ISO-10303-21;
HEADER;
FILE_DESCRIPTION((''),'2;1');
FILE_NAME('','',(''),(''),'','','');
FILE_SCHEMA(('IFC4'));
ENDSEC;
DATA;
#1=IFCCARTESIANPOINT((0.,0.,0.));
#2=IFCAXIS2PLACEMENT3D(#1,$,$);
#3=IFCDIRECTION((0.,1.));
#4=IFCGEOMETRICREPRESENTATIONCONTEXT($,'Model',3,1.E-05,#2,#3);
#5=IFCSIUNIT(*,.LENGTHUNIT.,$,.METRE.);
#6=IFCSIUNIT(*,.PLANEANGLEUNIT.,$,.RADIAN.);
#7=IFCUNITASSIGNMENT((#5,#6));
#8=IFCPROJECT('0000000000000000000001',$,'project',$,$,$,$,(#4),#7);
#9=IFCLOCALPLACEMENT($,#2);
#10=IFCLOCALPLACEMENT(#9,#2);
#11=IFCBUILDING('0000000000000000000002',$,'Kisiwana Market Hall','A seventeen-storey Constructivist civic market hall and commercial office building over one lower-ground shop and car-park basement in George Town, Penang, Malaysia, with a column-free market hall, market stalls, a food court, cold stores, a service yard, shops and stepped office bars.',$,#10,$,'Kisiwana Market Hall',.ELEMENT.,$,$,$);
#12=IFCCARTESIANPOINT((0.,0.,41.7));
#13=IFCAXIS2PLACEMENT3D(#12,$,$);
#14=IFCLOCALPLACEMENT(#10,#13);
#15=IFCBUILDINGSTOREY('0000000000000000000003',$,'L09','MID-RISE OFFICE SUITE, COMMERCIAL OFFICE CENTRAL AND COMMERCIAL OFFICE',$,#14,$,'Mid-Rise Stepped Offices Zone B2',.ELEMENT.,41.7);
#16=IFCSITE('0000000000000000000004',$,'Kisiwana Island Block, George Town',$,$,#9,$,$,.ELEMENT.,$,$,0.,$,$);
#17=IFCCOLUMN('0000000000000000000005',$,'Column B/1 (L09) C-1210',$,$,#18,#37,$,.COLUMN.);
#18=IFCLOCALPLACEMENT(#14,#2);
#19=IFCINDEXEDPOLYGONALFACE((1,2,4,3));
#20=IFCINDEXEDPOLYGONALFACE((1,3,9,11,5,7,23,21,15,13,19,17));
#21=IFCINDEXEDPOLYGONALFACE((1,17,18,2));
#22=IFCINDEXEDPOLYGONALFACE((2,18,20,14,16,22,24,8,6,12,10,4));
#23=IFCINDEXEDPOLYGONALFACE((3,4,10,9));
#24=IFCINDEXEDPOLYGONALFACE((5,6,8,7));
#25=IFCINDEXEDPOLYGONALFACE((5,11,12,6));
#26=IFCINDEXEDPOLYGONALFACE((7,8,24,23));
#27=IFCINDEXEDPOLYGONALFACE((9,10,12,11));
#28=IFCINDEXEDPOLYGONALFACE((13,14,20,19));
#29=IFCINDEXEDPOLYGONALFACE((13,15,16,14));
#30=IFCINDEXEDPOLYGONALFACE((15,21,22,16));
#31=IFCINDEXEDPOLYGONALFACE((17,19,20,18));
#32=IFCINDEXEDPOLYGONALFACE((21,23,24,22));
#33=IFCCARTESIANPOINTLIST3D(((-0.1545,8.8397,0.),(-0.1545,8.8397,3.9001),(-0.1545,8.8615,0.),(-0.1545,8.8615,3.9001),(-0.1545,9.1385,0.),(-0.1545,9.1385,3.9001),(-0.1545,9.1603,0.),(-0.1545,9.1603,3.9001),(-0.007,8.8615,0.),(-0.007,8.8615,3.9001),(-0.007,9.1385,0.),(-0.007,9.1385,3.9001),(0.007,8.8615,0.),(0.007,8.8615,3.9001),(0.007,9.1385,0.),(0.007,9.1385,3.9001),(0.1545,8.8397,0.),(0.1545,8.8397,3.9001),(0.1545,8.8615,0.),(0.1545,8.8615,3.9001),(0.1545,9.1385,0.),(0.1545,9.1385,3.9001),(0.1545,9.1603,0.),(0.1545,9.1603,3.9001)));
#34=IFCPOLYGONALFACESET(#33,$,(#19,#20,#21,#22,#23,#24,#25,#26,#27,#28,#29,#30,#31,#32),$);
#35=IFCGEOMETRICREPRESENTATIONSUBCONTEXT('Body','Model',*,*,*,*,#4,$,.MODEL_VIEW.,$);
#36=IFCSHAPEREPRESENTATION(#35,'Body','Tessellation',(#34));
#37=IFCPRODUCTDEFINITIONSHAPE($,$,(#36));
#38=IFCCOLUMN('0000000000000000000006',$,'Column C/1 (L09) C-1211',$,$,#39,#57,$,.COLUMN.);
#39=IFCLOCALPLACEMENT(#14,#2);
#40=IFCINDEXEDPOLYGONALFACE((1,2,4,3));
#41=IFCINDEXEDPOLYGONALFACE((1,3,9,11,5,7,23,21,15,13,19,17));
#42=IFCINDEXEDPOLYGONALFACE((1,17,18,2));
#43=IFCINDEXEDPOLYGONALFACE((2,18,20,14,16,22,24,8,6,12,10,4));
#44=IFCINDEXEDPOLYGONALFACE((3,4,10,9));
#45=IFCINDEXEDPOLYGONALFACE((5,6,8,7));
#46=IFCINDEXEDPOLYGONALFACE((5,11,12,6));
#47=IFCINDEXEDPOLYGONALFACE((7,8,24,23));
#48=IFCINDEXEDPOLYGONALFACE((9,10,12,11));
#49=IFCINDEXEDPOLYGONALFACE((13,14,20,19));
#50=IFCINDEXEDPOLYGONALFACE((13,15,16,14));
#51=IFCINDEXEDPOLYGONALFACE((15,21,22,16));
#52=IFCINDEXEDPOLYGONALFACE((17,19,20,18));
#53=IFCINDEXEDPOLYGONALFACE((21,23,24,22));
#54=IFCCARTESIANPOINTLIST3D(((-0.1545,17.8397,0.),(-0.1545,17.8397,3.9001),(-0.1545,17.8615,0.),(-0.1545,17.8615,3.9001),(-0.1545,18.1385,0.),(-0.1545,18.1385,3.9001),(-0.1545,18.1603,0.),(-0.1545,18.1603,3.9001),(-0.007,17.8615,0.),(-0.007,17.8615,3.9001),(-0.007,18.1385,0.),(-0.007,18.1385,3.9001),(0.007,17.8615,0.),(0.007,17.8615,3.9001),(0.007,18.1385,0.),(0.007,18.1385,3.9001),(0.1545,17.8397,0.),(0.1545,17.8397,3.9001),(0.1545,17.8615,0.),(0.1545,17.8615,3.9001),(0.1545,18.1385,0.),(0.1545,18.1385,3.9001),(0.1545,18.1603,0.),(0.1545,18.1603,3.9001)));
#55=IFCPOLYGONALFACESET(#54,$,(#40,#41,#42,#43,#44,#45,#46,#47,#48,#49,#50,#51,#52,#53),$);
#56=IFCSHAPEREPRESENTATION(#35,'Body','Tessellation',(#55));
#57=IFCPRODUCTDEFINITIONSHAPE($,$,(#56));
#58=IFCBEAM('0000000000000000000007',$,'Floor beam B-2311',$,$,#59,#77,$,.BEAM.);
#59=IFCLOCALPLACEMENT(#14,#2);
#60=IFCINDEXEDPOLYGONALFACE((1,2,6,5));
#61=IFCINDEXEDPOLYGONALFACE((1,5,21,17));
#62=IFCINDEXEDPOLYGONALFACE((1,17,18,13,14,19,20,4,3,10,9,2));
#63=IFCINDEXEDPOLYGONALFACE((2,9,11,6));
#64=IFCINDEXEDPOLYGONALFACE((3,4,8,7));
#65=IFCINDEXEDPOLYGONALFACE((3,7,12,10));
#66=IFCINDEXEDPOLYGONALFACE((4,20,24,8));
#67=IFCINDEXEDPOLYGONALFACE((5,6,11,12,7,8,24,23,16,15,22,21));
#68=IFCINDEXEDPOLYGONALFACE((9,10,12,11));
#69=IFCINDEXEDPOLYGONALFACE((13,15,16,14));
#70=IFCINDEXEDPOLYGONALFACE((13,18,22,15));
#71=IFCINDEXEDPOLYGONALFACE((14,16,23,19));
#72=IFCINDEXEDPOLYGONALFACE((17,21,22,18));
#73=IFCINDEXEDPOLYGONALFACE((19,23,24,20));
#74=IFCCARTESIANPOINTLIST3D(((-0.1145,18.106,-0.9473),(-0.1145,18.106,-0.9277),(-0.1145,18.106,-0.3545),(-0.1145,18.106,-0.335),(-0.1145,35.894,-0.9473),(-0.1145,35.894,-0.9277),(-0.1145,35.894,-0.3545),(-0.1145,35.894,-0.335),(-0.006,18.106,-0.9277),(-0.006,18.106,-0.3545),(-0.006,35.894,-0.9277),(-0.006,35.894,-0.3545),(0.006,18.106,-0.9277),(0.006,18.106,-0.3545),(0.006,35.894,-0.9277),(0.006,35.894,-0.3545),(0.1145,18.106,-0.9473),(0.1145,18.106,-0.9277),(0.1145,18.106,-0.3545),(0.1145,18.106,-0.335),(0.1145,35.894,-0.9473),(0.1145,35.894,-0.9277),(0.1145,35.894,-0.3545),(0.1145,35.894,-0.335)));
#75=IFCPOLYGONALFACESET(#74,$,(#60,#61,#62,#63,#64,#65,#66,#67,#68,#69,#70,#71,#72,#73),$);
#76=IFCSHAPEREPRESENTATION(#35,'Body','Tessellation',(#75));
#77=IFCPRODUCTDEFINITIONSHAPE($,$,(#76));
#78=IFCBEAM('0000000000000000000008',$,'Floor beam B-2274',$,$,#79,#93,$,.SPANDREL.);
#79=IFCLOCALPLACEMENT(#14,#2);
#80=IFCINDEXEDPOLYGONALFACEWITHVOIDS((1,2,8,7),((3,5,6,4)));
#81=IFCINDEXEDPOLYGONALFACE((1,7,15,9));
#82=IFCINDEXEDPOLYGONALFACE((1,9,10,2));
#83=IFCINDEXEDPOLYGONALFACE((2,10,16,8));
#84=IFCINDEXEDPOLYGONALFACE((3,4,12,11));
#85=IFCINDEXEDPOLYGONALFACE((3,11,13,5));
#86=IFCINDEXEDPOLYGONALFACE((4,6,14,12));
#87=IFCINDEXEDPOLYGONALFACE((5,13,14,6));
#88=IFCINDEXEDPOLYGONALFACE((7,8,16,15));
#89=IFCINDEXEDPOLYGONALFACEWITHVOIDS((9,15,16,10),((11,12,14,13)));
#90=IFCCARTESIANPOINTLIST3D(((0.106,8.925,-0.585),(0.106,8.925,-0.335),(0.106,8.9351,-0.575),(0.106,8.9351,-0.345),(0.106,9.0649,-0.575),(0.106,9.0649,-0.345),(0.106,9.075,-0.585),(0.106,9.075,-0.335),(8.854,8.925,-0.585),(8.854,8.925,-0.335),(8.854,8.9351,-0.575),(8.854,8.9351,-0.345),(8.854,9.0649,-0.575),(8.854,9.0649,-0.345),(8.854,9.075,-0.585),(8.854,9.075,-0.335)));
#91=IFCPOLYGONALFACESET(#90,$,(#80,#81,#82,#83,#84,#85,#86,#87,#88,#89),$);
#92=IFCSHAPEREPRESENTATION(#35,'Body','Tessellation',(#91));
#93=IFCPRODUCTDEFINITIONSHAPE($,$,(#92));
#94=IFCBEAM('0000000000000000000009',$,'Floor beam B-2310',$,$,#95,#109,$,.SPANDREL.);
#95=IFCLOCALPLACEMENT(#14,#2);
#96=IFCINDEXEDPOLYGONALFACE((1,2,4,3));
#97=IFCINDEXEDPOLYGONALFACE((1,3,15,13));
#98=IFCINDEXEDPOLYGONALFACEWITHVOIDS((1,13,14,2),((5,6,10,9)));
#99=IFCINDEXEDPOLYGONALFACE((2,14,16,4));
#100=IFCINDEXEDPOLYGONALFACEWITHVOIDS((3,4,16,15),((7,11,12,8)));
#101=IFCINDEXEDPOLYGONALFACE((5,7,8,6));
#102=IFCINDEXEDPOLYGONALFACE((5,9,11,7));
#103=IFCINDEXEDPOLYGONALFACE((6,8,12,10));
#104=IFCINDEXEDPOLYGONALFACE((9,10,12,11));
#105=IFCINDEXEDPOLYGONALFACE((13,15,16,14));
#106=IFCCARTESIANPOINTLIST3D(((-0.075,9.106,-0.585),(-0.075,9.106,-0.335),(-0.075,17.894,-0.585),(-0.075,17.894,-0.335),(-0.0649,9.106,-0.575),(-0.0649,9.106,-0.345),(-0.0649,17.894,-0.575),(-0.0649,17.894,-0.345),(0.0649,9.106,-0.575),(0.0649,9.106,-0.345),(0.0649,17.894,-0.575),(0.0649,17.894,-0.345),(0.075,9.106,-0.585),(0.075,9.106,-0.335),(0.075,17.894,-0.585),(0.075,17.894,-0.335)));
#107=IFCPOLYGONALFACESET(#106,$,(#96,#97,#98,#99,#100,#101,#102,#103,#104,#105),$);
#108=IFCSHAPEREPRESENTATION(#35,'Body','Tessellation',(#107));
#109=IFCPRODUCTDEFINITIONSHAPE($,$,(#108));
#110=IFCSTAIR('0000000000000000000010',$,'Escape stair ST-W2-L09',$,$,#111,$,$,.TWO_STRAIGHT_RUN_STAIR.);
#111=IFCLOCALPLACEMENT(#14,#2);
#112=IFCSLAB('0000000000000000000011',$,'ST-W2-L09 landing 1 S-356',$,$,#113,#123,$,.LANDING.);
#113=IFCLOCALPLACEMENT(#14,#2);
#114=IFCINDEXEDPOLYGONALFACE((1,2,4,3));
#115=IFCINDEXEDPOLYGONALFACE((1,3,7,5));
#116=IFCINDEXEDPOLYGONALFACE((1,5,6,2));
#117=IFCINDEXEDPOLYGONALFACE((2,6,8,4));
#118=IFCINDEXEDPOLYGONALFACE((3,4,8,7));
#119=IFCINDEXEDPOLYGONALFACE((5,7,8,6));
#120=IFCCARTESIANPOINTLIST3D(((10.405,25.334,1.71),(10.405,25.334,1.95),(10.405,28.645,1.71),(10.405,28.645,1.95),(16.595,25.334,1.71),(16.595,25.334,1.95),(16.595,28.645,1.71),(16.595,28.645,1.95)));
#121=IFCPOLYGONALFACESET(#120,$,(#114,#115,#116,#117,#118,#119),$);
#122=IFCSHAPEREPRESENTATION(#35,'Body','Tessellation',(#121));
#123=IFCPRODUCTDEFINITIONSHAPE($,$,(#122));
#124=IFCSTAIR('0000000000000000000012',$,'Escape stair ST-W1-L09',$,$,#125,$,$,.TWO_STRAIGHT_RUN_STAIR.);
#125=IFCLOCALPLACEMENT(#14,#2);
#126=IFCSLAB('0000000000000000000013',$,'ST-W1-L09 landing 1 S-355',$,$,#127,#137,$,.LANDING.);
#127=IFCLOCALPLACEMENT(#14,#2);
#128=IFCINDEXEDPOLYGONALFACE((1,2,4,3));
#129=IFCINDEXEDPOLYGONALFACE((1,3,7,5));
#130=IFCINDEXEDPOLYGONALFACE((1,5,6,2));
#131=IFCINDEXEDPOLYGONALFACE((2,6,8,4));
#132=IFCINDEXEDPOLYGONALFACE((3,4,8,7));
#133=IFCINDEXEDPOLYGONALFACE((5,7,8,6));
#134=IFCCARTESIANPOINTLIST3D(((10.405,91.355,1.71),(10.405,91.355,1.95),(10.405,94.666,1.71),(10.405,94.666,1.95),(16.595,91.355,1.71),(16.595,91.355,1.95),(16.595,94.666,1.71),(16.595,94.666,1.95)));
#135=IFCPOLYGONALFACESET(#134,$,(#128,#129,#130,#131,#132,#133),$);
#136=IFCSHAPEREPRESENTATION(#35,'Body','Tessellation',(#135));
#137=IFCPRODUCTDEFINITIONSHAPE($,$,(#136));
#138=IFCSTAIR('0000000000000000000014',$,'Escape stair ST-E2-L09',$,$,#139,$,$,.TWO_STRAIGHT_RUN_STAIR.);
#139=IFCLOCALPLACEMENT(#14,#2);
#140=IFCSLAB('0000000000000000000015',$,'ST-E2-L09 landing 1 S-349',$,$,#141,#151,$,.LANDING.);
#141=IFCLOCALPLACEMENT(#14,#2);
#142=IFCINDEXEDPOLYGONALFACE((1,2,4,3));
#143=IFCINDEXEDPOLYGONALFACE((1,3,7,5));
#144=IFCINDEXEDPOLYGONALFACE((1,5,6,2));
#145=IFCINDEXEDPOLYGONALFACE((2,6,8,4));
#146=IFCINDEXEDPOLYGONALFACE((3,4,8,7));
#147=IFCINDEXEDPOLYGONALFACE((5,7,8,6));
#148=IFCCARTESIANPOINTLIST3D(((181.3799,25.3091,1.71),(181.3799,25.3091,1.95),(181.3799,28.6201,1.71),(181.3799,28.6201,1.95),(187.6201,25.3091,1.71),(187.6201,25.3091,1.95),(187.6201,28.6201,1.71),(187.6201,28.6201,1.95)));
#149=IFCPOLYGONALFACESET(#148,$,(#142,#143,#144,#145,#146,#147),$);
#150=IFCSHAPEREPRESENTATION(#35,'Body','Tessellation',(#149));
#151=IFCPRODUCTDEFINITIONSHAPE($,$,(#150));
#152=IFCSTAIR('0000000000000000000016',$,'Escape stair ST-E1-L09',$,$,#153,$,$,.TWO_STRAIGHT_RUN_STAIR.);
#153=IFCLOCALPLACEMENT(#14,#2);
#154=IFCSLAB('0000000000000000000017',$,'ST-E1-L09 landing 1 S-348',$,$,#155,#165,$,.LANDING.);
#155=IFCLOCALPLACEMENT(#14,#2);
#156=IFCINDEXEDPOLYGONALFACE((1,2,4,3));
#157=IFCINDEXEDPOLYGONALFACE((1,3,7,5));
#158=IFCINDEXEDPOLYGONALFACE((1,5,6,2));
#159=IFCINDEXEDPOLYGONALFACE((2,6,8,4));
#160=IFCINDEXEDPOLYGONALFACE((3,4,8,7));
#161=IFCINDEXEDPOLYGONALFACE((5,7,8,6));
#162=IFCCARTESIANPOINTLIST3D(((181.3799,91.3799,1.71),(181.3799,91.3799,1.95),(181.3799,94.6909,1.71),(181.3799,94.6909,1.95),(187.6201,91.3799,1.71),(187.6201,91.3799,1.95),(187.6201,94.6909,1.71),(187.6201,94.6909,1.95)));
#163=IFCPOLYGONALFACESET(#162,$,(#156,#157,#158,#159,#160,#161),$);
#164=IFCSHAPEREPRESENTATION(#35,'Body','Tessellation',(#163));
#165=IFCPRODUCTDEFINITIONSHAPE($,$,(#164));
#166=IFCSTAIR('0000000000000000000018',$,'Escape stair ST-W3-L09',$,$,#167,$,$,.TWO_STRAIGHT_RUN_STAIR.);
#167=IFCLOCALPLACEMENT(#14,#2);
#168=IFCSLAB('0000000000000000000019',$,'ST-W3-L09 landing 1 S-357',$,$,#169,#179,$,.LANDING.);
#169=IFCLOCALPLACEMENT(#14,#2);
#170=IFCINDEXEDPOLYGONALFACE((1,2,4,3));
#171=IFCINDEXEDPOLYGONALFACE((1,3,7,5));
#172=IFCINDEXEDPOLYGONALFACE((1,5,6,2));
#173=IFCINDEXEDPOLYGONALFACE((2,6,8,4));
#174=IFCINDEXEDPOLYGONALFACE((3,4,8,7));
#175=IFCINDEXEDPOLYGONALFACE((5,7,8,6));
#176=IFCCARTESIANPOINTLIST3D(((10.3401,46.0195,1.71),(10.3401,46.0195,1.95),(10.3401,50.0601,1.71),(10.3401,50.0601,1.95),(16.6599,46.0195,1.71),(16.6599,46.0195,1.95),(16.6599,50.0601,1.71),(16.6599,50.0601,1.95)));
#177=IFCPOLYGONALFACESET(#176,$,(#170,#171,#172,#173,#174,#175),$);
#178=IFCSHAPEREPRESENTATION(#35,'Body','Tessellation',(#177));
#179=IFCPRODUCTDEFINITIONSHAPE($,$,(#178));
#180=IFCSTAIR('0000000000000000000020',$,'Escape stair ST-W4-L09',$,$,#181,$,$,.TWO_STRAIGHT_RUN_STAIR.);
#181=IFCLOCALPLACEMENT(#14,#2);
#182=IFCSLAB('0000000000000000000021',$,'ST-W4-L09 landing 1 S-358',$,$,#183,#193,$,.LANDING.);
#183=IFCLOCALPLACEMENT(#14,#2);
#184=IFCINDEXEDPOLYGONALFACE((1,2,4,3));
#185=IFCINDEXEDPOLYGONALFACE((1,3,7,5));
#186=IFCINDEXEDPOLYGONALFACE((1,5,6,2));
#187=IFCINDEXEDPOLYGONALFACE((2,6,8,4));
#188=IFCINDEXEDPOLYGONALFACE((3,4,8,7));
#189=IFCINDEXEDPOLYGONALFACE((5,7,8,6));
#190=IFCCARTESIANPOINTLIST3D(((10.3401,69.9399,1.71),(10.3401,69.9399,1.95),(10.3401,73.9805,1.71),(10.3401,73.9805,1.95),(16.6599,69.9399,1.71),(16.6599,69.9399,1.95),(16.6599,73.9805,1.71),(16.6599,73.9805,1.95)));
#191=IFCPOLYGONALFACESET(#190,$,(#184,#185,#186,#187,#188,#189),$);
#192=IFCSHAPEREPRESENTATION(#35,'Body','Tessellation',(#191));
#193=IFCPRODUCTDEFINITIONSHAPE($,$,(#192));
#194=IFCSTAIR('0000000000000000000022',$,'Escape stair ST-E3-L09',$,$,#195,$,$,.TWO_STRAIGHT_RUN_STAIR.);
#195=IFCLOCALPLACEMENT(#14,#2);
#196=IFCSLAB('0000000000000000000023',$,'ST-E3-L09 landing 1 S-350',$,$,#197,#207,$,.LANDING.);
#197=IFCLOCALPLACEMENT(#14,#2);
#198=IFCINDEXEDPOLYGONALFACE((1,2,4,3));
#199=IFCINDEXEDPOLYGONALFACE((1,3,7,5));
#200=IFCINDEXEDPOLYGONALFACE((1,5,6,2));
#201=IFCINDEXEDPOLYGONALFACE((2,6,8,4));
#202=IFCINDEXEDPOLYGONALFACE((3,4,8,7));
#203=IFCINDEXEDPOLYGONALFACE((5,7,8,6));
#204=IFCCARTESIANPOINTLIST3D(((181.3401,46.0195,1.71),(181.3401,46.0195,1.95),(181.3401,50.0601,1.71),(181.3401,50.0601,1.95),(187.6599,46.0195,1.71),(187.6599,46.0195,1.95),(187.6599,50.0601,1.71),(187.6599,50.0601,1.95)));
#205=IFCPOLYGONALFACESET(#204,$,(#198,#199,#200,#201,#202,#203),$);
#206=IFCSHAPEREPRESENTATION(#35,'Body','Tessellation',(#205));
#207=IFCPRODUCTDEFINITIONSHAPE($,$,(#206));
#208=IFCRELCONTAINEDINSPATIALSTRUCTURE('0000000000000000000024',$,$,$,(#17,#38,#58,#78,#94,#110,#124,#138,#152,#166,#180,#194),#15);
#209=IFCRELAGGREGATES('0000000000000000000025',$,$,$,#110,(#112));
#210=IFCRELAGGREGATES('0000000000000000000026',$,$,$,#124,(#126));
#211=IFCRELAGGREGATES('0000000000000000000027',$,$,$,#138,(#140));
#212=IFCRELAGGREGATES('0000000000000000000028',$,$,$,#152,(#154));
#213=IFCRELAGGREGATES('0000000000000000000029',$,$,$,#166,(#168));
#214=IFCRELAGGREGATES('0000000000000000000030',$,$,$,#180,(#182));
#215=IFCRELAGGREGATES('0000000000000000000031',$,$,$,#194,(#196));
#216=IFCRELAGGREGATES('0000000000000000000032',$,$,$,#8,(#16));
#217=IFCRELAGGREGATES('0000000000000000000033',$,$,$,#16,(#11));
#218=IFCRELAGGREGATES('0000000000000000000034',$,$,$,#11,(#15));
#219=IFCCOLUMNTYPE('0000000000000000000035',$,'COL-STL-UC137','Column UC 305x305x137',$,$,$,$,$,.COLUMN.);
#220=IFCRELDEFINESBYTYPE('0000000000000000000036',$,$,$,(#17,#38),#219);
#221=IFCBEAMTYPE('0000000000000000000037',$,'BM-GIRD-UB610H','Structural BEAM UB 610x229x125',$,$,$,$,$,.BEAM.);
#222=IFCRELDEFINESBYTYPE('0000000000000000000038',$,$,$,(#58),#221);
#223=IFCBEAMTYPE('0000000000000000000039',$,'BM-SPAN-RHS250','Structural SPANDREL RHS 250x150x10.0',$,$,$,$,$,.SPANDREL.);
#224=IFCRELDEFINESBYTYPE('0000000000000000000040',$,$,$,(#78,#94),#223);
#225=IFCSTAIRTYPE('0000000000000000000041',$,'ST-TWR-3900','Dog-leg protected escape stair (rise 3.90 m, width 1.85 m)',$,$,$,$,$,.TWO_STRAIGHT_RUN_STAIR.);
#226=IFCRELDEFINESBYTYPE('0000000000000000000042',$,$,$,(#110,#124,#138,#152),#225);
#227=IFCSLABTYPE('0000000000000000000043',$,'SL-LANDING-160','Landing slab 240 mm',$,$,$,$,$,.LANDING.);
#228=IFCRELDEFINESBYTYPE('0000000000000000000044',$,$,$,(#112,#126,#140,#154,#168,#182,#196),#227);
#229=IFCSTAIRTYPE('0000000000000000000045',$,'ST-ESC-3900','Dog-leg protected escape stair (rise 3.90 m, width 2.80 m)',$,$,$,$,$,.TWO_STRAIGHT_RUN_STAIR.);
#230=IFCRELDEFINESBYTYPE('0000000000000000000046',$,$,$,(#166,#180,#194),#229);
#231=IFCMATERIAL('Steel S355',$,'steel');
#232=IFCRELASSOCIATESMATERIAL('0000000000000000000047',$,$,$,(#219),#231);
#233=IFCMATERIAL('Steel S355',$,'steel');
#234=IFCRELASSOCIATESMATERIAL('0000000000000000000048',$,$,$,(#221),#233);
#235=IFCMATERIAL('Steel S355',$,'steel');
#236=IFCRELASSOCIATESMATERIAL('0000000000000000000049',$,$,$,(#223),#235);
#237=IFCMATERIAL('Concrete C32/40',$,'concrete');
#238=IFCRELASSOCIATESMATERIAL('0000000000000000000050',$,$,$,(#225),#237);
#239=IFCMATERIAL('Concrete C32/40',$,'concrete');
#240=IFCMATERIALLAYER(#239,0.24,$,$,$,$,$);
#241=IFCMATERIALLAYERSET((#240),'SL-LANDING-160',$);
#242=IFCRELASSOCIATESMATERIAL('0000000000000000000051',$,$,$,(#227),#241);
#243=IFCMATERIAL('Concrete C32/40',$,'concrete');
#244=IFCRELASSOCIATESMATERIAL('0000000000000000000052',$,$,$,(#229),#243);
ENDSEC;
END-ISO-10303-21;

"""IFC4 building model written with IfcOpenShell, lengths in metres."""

from ifc_helpers import new_model, si_unit, direction, frame, origin, origin_2d, place, context, subcontext, project, spatial, polyline, hollow_rectangle, i_section, outline, extrude, material, layer, layer_set, material_profile, profile_set, type_object, element, aggregate, save


model = new_model("IFC4")

# Units and contexts
model_context = context("Model", 3, precision=1e-05, world=origin(), true_north=direction((0.0, 1.0)))
body_context = subcontext(model_context, "Body", "Model", "MODEL_VIEW")
ifc_project = project(units=[si_unit("LENGTHUNIT", "METRE"), si_unit("PLANEANGLEUNIT", "RADIAN")], contexts=[model_context])

# Site, building, storey
site_placement = place(None, origin())
site = spatial("IfcSite", under=ifc_project, at=site_placement, Name="Kisiwana Island Block, George Town", CompositionType="ELEMENT", RefElevation=0.0)
building_placement = place(site_placement, origin())
building = spatial("IfcBuilding", under=site, at=building_placement, Name="Kisiwana Market Hall", Description="A seventeen-storey Constructivist civic market hall and commercial office building over one lower-ground shop and car-park basement in George Town, Penang, Malaysia, with a column-free market hall, market stalls, a food court, cold stores, a service yard, shops and stepped office bars.", LongName="Kisiwana Market Hall", CompositionType="ELEMENT")
storey_placement = place(building_placement, frame((0.0, 0.0, 41.7)))
storey = spatial("IfcBuildingStorey", under=building, at=storey_placement, Name="L09", Description="MID-RISE OFFICE SUITE, COMMERCIAL OFFICE CENTRAL AND COMMERCIAL OFFICE", LongName="Mid-Rise Stepped Offices Zone B2", CompositionType="ELEMENT", Elevation=41.7)

# Columns
ifc_material_1 = material(Name="Steel S355", Category="steel")
ifc_material_profile_1 = material_profile(ifc_material_1, i_section(OverallWidth=0.3091, OverallDepth=0.3206, WebThickness=0.0139, FlangeThickness=0.0217, at=origin_2d()), Name="UC 305x305x137")
ifc_profile_set_1 = profile_set([ifc_material_profile_1], Name="Steel S355")
column_type = type_object("IfcColumnType", Name="COL-STL-UC137", Description="Column UC 305x305x137", PredefinedType="COLUMN", material=ifc_profile_set_1)
for number, where, z_axis, x_axis, name in (
    (1, (0.0, 9.0, 0.0), (0.0, 0.0, 1.0), (1.0, 0.0, 0.0), "Column B/1 (L09) C-1210"),
    (2, (0.0, 18.0, 0.0), (0.0, 0.0, 1.0), (1.0, 0.0, 0.0), "Column C/1 (L09) C-1211"),
):
    element("IfcColumn", number, at=place(storey_placement, frame(where, z_axis=z_axis, x_axis=x_axis)), inside=storey, type_object=column_type, Name=name, PredefinedType="COLUMN", context=body_context, shape_type="SweptSolid", body=[
        extrude(i_section(OverallWidth=0.3091, OverallDepth=0.3206, WebThickness=0.0139, FlangeThickness=0.0217, at=origin_2d()), origin(), (0.0, 0.0, 1.0), 3.9001),
    ])

# Beams
ifc_material_2 = material(Name="Steel S355", Category="steel")
ifc_material_profile_2 = material_profile(ifc_material_2, i_section(OverallWidth=0.229, OverallDepth=0.6123, WebThickness=0.012, FlangeThickness=0.0195, at=origin_2d()), Name="UB 610x229x125")
ifc_profile_set_2 = profile_set([ifc_material_profile_2], Name="Steel S355")
beam_type_1 = type_object("IfcBeamType", Name="BM-GIRD-UB610H", Description="Structural BEAM UB 610x229x125", PredefinedType="BEAM", material=ifc_profile_set_2)
beam_1_placement = place(storey_placement, frame((0.0, 18.106, -0.6411), z_axis=(0.0, 1.0, 0.0), x_axis=(-1.0, 0.0, 0.0)))
element("IfcBeam", 3, at=beam_1_placement, inside=storey, type_object=beam_type_1, Name="Floor beam B-2311", PredefinedType="BEAM", context=body_context, shape_type="SweptSolid", body=[
    extrude(i_section(OverallWidth=0.229, OverallDepth=0.6123, WebThickness=0.012, FlangeThickness=0.0195, at=origin_2d()), origin(), (0.0, 0.0, 1.0), 17.7881),
])
ifc_material_3 = material(Name="Steel S355", Category="steel")
ifc_material_profile_3 = material_profile(ifc_material_3, hollow_rectangle(XDim=0.1499, YDim=0.25, WallThickness=0.01, at=origin_2d()), Name="RHS 250x150x10.0")
ifc_profile_set_3 = profile_set([ifc_material_profile_3], Name="Steel S355")
beam_type_2 = type_object("IfcBeamType", Name="BM-SPAN-RHS250", Description="Structural SPANDREL RHS 250x150x10.0", PredefinedType="SPANDREL", material=ifc_profile_set_3)
beam_2_placement = place(storey_placement, frame((0.106, 9.0, -0.46), z_axis=(1.0, 0.0, 0.0), x_axis=(0.0, 1.0, 0.0)))
element("IfcBeam", 4, at=beam_2_placement, inside=storey, type_object=beam_type_2, Name="Floor beam B-2274", PredefinedType="SPANDREL", context=body_context, shape_type="SweptSolid", body=[
    extrude(hollow_rectangle(XDim=0.1499, YDim=0.25, WallThickness=0.01, at=origin_2d()), origin(), (0.0, 0.0, 1.0), 8.748),
])
beam_3_placement = place(storey_placement, frame((0.0, 9.106, -0.46), z_axis=(0.0, 1.0, 0.0), x_axis=(-1.0, 0.0, 0.0)))
element("IfcBeam", 5, at=beam_3_placement, inside=storey, type_object=beam_type_2, Name="Floor beam B-2310", PredefinedType="SPANDREL", context=body_context, shape_type="SweptSolid", body=[
    extrude(hollow_rectangle(XDim=0.1499, YDim=0.25, WallThickness=0.01, at=origin_2d()), origin(), (0.0, 0.0, 1.0), 8.7881),
])

# Stairs, slabs
ifc_material_4 = material(Name="Concrete C32/40", Category="concrete")
stair_type_1 = type_object("IfcStairType", Name="ST-TWR-3900", Description="Dog-leg protected escape stair (rise 3.90 m, width 1.85 m)", PredefinedType="TWO_STRAIGHT_RUN_STAIR", material=ifc_material_4)
stair_1_placement = place(storey_placement, origin())
stair_1 = element("IfcStair", 6, at=stair_1_placement, inside=storey, type_object=stair_type_1, Name="Escape stair ST-W2-L09", PredefinedType="TWO_STRAIGHT_RUN_STAIR")
ifc_material_5 = material(Name="Concrete C32/40", Category="concrete")
ifc_layer_1 = layer(ifc_material_5, 0.24)
ifc_layer_set_1 = layer_set([ifc_layer_1], Name="SL-LANDING-160")
slab_type_1 = type_object("IfcSlabType", Name="SL-LANDING-160", Description="Landing slab 240 mm", PredefinedType="LANDING", material=ifc_layer_set_1)
slab_1_placement = place(storey_placement, frame((0.0, 0.0, 1.71)))
slab_1 = element("IfcSlab", 7, at=slab_1_placement, type_object=slab_type_1, Name="ST-W2-L09 landing 1 S-356", PredefinedType="LANDING", context=body_context, shape_type="SweptSolid", body=[
    extrude(outline(polyline([(10.405, 25.334), (16.595, 25.334), (16.595, 28.645), (10.405, 28.645), (10.405, 25.334)])), origin(), (0.0, 0.0, 1.0), 0.24),
])
aggregate(stair_1, [slab_1])
stair_2_placement = place(storey_placement, origin())
stair_2 = element("IfcStair", 8, at=stair_2_placement, inside=storey, type_object=stair_type_1, Name="Escape stair ST-W1-L09", PredefinedType="TWO_STRAIGHT_RUN_STAIR")
slab_2_placement = place(storey_placement, frame((0.0, 0.0, 1.71)))
slab_2 = element("IfcSlab", 9, at=slab_2_placement, type_object=slab_type_1, Name="ST-W1-L09 landing 1 S-355", PredefinedType="LANDING", context=body_context, shape_type="SweptSolid", body=[
    extrude(outline(polyline([(10.405, 91.355), (16.595, 91.355), (16.595, 94.666), (10.405, 94.666), (10.405, 91.355)])), origin(), (0.0, 0.0, 1.0), 0.24),
])
aggregate(stair_2, [slab_2])
stair_3_placement = place(storey_placement, origin())
stair_3 = element("IfcStair", 10, at=stair_3_placement, inside=storey, type_object=stair_type_1, Name="Escape stair ST-E2-L09", PredefinedType="TWO_STRAIGHT_RUN_STAIR")
slab_3_placement = place(storey_placement, frame((0.0, 0.0, 1.71)))
slab_3 = element("IfcSlab", 11, at=slab_3_placement, type_object=slab_type_1, Name="ST-E2-L09 landing 1 S-349", PredefinedType="LANDING", context=body_context, shape_type="SweptSolid", body=[
    extrude(outline(polyline([(181.3799, 25.3091), (187.6201, 25.3091), (187.6201, 28.6201), (181.3799, 28.6201), (181.3799, 25.3091)])), origin(), (0.0, 0.0, 1.0), 0.24),
])
aggregate(stair_3, [slab_3])
stair_4_placement = place(storey_placement, origin())
stair_4 = element("IfcStair", 12, at=stair_4_placement, inside=storey, type_object=stair_type_1, Name="Escape stair ST-E1-L09", PredefinedType="TWO_STRAIGHT_RUN_STAIR")
slab_4_placement = place(storey_placement, frame((0.0, 0.0, 1.71)))
slab_4 = element("IfcSlab", 13, at=slab_4_placement, type_object=slab_type_1, Name="ST-E1-L09 landing 1 S-348", PredefinedType="LANDING", context=body_context, shape_type="SweptSolid", body=[
    extrude(outline(polyline([(181.3799, 91.3799), (187.6201, 91.3799), (187.6201, 94.6909), (181.3799, 94.6909), (181.3799, 91.3799)])), origin(), (0.0, 0.0, 1.0), 0.24),
])
aggregate(stair_4, [slab_4])
ifc_material_6 = material(Name="Concrete C32/40", Category="concrete")
stair_type_2 = type_object("IfcStairType", Name="ST-ESC-3900", Description="Dog-leg protected escape stair (rise 3.90 m, width 2.80 m)", PredefinedType="TWO_STRAIGHT_RUN_STAIR", material=ifc_material_6)
stair_5_placement = place(storey_placement, origin())
stair_5 = element("IfcStair", 14, at=stair_5_placement, inside=storey, type_object=stair_type_2, Name="Escape stair ST-W3-L09", PredefinedType="TWO_STRAIGHT_RUN_STAIR")
slab_5_placement = place(storey_placement, frame((0.0, 0.0, 1.71)))
slab_5 = element("IfcSlab", 15, at=slab_5_placement, type_object=slab_type_1, Name="ST-W3-L09 landing 1 S-357", PredefinedType="LANDING", context=body_context, shape_type="SweptSolid", body=[
    extrude(outline(polyline([(10.3401, 46.0195), (16.6599, 46.0195), (16.6599, 50.0601), (10.3401, 50.0601), (10.3401, 46.0195)])), origin(), (0.0, 0.0, 1.0), 0.24),
])
aggregate(stair_5, [slab_5])
stair_6_placement = place(storey_placement, origin())
stair_6 = element("IfcStair", 16, at=stair_6_placement, inside=storey, type_object=stair_type_2, Name="Escape stair ST-W4-L09", PredefinedType="TWO_STRAIGHT_RUN_STAIR")
slab_6_placement = place(storey_placement, frame((0.0, 0.0, 1.71)))
slab_6 = element("IfcSlab", 17, at=slab_6_placement, type_object=slab_type_1, Name="ST-W4-L09 landing 1 S-358", PredefinedType="LANDING", context=body_context, shape_type="SweptSolid", body=[
    extrude(outline(polyline([(10.3401, 69.9399), (16.6599, 69.9399), (16.6599, 73.9805), (10.3401, 73.9805), (10.3401, 69.9399)])), origin(), (0.0, 0.0, 1.0), 0.24),
])
aggregate(stair_6, [slab_6])
stair_7_placement = place(storey_placement, origin())
stair_7 = element("IfcStair", 18, at=stair_7_placement, inside=storey, type_object=stair_type_2, Name="Escape stair ST-E3-L09", PredefinedType="TWO_STRAIGHT_RUN_STAIR")
slab_7_placement = place(storey_placement, frame((0.0, 0.0, 1.71)))
slab_7 = element("IfcSlab", 19, at=slab_7_placement, type_object=slab_type_1, Name="ST-E3-L09 landing 1 S-350", PredefinedType="LANDING", context=body_context, shape_type="SweptSolid", body=[
    extrude(outline(polyline([(181.3401, 46.0195), (187.6599, 46.0195), (187.6599, 50.0601), (181.3401, 50.0601), (181.3401, 46.0195)])), origin(), (0.0, 0.0, 1.0), 0.24),
])
aggregate(stair_7, [slab_7])

save(model, "model.ifc")
